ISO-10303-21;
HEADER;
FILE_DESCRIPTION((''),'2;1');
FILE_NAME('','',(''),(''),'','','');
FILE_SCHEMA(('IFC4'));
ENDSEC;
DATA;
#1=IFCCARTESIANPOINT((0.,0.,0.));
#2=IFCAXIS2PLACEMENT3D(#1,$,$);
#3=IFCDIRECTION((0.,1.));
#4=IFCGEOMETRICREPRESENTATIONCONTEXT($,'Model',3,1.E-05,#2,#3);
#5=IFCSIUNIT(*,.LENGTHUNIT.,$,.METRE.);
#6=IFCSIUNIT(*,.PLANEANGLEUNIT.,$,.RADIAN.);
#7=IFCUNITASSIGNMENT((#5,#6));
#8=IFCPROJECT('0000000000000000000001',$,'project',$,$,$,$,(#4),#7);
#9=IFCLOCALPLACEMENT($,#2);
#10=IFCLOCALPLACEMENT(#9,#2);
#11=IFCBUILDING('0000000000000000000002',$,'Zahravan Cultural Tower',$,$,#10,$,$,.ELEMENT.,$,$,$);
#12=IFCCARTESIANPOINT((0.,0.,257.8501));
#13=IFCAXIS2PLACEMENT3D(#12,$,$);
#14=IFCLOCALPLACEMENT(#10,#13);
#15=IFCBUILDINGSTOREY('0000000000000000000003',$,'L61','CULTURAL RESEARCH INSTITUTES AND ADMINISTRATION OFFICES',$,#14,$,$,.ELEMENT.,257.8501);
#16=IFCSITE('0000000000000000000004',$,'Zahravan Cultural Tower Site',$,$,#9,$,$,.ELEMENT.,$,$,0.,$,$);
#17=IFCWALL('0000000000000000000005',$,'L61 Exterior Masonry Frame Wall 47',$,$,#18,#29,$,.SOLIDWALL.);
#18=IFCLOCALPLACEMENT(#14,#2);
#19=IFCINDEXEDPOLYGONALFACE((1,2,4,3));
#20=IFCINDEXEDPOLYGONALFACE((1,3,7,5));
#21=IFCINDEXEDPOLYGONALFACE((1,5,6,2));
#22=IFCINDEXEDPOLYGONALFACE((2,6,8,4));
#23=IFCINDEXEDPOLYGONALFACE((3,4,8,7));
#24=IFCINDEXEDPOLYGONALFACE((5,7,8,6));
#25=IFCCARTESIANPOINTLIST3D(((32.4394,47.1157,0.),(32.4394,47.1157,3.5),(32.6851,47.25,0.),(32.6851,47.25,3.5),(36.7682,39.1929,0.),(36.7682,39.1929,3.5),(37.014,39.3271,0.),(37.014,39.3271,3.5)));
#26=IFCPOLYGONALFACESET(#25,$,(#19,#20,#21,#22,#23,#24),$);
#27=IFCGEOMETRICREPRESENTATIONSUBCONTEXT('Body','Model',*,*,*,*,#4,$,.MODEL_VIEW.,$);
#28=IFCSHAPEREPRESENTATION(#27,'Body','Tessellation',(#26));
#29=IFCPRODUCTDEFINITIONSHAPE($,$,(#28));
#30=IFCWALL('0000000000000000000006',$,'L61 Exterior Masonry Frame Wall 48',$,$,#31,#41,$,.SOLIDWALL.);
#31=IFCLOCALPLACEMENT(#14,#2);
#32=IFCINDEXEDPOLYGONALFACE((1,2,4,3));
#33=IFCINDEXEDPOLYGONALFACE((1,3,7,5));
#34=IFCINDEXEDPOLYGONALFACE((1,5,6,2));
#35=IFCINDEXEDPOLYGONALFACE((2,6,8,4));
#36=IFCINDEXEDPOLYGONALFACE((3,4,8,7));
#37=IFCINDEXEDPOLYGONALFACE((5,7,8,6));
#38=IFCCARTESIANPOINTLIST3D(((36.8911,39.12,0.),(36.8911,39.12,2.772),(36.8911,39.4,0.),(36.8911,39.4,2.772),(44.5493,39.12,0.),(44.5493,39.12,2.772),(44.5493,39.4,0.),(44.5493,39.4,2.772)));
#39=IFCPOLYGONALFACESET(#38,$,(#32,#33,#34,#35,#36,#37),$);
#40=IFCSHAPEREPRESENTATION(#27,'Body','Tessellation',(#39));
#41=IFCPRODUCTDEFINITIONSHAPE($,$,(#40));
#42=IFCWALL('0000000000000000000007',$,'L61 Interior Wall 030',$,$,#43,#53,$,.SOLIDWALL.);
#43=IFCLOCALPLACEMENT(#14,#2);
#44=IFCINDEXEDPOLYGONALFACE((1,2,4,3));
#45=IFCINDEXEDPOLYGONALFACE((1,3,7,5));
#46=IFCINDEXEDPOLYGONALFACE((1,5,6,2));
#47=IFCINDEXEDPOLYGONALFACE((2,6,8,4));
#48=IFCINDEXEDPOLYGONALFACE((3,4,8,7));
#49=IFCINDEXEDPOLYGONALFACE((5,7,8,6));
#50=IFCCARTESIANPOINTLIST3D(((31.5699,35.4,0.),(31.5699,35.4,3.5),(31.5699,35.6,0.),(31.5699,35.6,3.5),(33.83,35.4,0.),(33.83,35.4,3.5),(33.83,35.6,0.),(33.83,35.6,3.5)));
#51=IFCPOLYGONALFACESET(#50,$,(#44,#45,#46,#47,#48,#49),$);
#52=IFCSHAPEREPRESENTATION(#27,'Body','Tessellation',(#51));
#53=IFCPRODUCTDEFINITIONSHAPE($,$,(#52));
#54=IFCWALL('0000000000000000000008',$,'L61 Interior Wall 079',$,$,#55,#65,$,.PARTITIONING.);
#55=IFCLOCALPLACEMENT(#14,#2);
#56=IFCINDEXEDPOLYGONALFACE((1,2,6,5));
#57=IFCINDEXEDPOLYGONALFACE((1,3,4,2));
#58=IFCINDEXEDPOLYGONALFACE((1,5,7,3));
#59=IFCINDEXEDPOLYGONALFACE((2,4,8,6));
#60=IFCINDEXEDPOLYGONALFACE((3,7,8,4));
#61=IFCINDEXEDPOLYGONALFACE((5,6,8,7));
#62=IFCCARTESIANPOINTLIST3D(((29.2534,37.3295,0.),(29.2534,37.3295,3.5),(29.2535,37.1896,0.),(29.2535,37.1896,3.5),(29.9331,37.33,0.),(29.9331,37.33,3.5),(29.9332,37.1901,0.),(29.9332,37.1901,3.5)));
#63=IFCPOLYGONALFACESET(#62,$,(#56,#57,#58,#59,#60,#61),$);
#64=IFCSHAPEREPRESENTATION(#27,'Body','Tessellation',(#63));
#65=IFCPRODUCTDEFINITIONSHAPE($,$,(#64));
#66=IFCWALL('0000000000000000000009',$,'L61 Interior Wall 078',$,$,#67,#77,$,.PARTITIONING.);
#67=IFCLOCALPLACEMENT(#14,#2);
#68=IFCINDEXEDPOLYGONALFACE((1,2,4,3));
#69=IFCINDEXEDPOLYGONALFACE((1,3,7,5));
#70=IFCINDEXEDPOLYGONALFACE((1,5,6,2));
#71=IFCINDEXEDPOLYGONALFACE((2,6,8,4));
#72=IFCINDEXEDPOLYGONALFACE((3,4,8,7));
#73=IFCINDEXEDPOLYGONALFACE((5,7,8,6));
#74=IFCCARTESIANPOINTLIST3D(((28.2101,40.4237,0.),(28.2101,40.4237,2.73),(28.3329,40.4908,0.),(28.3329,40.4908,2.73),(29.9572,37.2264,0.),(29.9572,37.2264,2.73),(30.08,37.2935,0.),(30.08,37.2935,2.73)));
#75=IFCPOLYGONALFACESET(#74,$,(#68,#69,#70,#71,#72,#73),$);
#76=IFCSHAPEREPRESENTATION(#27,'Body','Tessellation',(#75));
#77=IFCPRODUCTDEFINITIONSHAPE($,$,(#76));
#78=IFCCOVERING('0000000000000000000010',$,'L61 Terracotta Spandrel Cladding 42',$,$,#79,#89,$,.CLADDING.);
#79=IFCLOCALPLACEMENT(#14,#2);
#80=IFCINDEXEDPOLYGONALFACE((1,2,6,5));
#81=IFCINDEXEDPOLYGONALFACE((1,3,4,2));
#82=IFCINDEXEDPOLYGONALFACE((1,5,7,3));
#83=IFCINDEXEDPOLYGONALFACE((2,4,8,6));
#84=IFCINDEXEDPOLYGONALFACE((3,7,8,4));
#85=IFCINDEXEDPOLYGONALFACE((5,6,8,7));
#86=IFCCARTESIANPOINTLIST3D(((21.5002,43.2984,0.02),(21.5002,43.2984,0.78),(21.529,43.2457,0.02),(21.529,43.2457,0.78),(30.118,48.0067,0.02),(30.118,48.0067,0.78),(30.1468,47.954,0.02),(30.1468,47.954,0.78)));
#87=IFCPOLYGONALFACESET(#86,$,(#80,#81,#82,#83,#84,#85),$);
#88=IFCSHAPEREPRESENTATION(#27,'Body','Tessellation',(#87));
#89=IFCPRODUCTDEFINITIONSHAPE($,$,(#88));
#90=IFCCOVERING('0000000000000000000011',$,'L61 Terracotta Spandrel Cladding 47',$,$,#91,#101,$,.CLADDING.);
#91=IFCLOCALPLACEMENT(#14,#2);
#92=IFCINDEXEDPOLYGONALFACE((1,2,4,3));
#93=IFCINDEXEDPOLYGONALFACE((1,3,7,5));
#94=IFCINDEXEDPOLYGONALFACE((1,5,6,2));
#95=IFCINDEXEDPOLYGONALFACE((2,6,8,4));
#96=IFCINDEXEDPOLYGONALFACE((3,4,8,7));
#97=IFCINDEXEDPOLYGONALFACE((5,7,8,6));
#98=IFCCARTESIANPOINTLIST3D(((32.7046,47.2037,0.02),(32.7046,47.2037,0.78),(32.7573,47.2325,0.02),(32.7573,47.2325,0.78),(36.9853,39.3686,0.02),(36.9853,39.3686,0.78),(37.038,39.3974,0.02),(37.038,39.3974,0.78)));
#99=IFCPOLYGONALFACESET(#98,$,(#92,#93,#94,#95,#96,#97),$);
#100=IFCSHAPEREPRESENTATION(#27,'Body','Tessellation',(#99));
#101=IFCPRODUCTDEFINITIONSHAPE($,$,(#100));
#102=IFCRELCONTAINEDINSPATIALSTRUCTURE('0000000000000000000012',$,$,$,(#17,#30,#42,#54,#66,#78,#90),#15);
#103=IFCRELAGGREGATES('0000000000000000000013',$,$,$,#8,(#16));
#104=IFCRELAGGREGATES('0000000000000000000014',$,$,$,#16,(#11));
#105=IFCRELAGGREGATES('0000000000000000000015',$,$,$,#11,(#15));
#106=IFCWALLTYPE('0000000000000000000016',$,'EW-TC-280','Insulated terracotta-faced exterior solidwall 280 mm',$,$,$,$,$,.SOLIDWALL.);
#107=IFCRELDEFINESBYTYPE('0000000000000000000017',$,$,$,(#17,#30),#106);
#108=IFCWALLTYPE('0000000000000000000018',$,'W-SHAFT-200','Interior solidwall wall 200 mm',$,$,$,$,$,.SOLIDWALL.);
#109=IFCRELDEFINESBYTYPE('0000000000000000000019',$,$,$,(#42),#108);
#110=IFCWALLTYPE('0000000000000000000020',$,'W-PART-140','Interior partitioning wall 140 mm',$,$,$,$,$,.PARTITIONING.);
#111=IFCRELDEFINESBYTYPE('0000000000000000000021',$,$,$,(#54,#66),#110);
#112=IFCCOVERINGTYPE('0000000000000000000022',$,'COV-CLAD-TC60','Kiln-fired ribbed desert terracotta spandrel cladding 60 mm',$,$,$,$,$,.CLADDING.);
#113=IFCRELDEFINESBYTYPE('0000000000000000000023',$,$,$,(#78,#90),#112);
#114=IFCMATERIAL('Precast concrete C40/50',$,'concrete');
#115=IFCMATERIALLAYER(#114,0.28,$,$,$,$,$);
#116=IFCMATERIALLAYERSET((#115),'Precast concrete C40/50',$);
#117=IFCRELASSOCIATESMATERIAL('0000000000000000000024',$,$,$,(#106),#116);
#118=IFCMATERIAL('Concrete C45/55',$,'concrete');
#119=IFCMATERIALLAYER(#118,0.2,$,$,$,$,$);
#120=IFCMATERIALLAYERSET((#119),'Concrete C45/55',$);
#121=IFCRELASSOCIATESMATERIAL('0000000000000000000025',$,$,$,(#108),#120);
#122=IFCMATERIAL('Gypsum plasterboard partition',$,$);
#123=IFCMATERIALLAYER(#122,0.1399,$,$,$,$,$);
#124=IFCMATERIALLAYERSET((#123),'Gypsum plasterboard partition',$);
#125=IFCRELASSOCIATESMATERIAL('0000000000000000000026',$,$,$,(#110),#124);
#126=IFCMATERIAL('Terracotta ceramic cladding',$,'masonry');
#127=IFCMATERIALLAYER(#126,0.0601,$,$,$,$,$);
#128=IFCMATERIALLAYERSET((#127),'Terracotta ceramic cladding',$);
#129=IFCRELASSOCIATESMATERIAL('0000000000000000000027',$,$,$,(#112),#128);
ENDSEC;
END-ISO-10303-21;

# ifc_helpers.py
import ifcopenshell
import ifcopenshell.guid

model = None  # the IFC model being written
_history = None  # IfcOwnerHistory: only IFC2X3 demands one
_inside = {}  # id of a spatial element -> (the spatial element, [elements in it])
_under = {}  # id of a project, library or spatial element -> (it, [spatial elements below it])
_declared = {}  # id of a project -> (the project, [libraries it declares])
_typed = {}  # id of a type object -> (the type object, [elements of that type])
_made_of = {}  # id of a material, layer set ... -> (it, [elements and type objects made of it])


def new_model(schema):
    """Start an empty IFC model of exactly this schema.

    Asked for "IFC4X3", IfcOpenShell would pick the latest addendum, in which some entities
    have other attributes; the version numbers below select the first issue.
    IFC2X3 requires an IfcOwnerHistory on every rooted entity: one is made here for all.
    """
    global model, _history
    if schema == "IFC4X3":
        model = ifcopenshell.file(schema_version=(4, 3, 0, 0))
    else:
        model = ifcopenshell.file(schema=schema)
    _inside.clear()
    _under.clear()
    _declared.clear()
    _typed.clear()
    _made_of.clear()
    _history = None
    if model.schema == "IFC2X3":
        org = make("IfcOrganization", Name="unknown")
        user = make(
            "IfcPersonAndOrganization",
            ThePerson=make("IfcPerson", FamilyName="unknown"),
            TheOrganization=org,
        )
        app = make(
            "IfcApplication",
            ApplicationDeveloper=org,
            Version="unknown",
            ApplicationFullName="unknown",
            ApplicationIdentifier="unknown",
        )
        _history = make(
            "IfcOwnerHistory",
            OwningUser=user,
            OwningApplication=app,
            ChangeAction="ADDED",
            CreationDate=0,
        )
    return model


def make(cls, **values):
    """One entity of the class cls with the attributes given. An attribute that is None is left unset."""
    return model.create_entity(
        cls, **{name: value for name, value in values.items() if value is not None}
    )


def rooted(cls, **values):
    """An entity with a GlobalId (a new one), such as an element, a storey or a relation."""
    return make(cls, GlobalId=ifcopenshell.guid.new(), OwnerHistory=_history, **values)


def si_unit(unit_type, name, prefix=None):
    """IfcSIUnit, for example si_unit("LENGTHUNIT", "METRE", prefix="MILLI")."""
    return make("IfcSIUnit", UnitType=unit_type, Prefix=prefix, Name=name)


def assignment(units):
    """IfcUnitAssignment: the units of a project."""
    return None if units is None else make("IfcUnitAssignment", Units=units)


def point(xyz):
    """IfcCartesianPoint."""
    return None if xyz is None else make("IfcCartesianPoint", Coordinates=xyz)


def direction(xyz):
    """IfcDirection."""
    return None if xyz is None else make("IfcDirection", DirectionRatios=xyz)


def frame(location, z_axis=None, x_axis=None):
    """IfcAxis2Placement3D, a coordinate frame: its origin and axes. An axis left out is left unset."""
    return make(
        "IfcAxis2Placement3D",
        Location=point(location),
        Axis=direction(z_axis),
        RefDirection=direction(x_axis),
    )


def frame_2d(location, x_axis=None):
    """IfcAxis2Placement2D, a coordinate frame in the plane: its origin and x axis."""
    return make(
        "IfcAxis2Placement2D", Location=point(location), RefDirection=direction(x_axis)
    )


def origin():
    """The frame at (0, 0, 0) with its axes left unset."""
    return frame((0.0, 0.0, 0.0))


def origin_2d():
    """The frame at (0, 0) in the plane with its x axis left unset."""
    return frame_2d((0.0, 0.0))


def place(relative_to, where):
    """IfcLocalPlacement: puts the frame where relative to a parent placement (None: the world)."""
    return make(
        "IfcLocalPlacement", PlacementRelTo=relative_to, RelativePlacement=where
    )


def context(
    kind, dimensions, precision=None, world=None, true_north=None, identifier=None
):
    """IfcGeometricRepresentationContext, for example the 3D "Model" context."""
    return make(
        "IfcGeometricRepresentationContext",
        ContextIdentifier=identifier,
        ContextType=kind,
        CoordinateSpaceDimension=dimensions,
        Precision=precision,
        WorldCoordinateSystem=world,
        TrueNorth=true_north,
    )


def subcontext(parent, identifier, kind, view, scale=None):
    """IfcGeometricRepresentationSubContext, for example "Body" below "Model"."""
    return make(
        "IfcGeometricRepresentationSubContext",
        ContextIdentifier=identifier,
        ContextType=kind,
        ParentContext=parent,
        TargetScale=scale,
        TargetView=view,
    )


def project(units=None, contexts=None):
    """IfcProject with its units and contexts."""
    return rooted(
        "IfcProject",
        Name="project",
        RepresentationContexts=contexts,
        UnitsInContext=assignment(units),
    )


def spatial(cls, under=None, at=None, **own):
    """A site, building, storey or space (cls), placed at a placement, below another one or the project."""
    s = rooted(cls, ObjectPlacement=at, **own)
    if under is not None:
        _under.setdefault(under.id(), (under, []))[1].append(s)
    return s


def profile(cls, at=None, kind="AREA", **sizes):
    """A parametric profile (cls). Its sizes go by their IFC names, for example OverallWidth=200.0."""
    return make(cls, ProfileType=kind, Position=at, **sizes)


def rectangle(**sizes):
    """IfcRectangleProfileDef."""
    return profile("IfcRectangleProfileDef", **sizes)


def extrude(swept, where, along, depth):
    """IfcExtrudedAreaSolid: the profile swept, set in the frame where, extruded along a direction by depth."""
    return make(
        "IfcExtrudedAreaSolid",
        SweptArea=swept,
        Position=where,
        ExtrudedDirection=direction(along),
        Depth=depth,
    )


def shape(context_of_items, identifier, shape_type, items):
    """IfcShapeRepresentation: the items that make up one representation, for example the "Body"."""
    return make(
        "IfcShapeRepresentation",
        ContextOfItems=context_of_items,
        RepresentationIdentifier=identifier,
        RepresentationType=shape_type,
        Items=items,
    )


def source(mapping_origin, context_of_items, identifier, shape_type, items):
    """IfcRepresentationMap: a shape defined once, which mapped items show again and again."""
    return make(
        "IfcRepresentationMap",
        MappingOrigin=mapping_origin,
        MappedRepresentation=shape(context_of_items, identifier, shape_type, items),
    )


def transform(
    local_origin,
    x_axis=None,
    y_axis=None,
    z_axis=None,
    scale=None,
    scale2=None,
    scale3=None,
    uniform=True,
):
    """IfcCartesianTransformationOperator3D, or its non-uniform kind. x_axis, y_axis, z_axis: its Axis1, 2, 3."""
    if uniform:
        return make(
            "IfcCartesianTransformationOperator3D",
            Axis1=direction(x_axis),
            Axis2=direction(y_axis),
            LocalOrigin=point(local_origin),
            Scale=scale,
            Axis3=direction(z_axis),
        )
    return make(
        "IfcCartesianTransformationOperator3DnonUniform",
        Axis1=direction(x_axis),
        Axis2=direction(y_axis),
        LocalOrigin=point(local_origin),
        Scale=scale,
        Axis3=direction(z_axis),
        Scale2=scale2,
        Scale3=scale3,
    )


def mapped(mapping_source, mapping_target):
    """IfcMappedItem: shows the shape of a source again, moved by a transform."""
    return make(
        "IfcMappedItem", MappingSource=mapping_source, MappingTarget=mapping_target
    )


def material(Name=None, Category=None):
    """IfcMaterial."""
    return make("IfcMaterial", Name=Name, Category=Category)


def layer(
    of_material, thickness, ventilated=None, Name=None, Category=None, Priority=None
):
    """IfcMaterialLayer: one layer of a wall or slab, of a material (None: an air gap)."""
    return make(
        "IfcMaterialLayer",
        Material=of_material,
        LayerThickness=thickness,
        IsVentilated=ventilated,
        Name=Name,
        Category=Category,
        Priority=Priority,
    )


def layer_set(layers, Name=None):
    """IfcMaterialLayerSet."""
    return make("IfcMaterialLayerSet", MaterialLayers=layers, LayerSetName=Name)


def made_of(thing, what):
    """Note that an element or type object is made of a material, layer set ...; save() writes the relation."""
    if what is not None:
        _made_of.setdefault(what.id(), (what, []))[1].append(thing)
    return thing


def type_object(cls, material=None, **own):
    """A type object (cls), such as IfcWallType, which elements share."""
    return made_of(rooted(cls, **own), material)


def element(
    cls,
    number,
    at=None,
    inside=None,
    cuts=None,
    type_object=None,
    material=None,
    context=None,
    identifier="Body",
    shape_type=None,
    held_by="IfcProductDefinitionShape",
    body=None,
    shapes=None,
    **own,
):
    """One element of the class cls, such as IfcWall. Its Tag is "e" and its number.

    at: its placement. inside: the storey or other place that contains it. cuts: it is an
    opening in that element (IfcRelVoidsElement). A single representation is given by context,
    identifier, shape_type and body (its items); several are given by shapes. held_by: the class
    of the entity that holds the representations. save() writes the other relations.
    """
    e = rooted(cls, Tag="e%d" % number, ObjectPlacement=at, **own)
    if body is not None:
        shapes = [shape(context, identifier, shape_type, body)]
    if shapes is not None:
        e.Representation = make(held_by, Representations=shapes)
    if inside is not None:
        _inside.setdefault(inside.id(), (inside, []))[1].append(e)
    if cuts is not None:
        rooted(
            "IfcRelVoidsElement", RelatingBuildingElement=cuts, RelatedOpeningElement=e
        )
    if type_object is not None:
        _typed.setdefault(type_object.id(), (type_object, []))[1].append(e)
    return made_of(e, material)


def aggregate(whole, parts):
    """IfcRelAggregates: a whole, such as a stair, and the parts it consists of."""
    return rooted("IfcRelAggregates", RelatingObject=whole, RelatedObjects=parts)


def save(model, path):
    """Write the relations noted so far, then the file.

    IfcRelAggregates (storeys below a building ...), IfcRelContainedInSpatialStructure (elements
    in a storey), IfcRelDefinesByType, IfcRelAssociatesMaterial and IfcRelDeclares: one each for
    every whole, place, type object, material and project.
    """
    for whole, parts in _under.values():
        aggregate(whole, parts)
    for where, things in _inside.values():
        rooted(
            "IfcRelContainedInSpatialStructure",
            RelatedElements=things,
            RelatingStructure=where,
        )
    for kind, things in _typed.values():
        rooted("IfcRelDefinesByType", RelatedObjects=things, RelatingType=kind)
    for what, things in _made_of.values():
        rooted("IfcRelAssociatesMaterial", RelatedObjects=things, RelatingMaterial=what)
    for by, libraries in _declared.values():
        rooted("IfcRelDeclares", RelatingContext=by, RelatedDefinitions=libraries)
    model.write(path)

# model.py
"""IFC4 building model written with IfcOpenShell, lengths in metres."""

from ifc_helpers import new_model, si_unit, direction, frame, frame_2d, origin, origin_2d, place, context, subcontext, project, spatial, rectangle, extrude, source, transform, mapped, material, layer, layer_set, type_object, element, save


model = new_model("IFC4")

# Units and contexts
model_context = context("Model", 3, precision=1e-05, world=origin(), true_north=direction((0.0, 1.0)))
body_context = subcontext(model_context, "Body", "Model", "MODEL_VIEW")
ifc_project = project(units=[si_unit("LENGTHUNIT", "METRE"), si_unit("PLANEANGLEUNIT", "RADIAN")], contexts=[model_context])

# Site, building, storey
site_placement = place(None, origin())
site = spatial("IfcSite", under=ifc_project, at=site_placement, Name="Zahravan Cultural Tower Site", CompositionType="ELEMENT", RefElevation=0.0)
building_placement = place(site_placement, origin())
building = spatial("IfcBuilding", under=site, at=building_placement, Name="Zahravan Cultural Tower", CompositionType="ELEMENT")
storey_placement = place(building_placement, frame((0.0, 0.0, 257.8501)))
storey = spatial("IfcBuildingStorey", under=building, at=storey_placement, Name="L61", Description="CULTURAL RESEARCH INSTITUTES AND ADMINISTRATION OFFICES", CompositionType="ELEMENT", Elevation=257.8501)

# Shared definitions
ifc_material_1 = material(Name="Concrete C45/55", Category="concrete")

# Shared definitions
ifc_material_2 = material(Name="Gypsum plasterboard partition")

# Walls
ifc_material_3 = material(Name="Precast concrete C40/50", Category="concrete")
ifc_layer_1 = layer(ifc_material_3, 0.28)
ifc_layer_set_1 = layer_set([ifc_layer_1], Name="Precast concrete C40/50")
wall_type_1 = type_object("IfcWallType", Name="EW-TC-280", Description="Insulated terracotta-faced exterior solidwall 280 mm", PredefinedType="SOLIDWALL", material=ifc_layer_set_1)
shared_shape_1 = source(origin(), body_context, "Body", "SweptSolid", [
    extrude(rectangle(XDim=9.0283, YDim=0.28, at=frame_2d((4.5142, 0.0))), origin(), (0.0, 0.0, 1.0), 3.5),
])
wall_1_placement = place(storey_placement, frame((32.5623, 47.1829, 0.0), z_axis=(0.0, 0.0, 1.0), x_axis=(0.479475, -0.877555, 0.0)))
element("IfcWall", 1, at=wall_1_placement, inside=storey, type_object=wall_type_1, Name="L61 Exterior Masonry Frame Wall 47", PredefinedType="SOLIDWALL", context=body_context, shape_type="MappedRepresentation", body=[
    mapped(shared_shape_1, transform((0.0, 0.0, 0.0), x_axis=(1.0, 0.0, 0.0), y_axis=(0.0, 1.0, 0.0), z_axis=(0.0, 0.0, 1.0), scale=1.0)),
])
shared_shape_2 = source(origin(), body_context, "Body", "SweptSolid", [
    extrude(rectangle(XDim=7.6582, YDim=0.28, at=frame_2d((3.8291, 0.0))), origin(), (0.0, 0.0, 1.0), 2.772),
])
wall_2_placement = place(storey_placement, frame((36.8911, 39.26, 0.0), z_axis=(0.0, 0.0, 1.0), x_axis=(1.0, 0.0, 0.0)))
element("IfcWall", 2, at=wall_2_placement, inside=storey, type_object=wall_type_1, Name="L61 Exterior Masonry Frame Wall 48", PredefinedType="SOLIDWALL", context=body_context, shape_type="MappedRepresentation", body=[
    mapped(shared_shape_2, transform((0.0, 0.0, 0.0), x_axis=(1.0, 0.0, 0.0), y_axis=(0.0, 1.0, 0.0), z_axis=(0.0, 0.0, 1.0), scale=1.0)),
])
ifc_layer_2 = layer(ifc_material_1, 0.2)
ifc_layer_set_2 = layer_set([ifc_layer_2], Name="Concrete C45/55")
wall_type_2 = type_object("IfcWallType", Name="W-SHAFT-200", Description="Interior solidwall wall 200 mm", PredefinedType="SOLIDWALL", material=ifc_layer_set_2)
shared_shape_3 = source(origin(), body_context, "Body", "SweptSolid", [
    extrude(rectangle(XDim=2.26, YDim=0.2, at=frame_2d((1.1299, 0.0))), origin(), (0.0, 0.0, 1.0), 3.5),
])
wall_3_placement = place(storey_placement, frame((31.5701, 35.5, 0.0), z_axis=(0.0, 0.0, 1.0), x_axis=(1.0, 0.0, 0.0)))
element("IfcWall", 3, at=wall_3_placement, inside=storey, type_object=wall_type_2, Name="L61 Interior Wall 030", PredefinedType="SOLIDWALL", context=body_context, shape_type="MappedRepresentation", body=[
    mapped(shared_shape_3, transform((0.0, 0.0, 0.0), x_axis=(1.0, 0.0, 0.0), y_axis=(0.0, 1.0, 0.0), z_axis=(0.0, 0.0, 1.0), scale=1.0)),
])
ifc_layer_3 = layer(ifc_material_2, 0.1399)
ifc_layer_set_3 = layer_set([ifc_layer_3], Name="Gypsum plasterboard partition")
wall_type_3 = type_object("IfcWallType", Name="W-PART-140", Description="Interior partitioning wall 140 mm", PredefinedType="PARTITIONING", material=ifc_layer_set_3)
shared_shape_4 = source(origin(), body_context, "Body", "SweptSolid", [
    extrude(rectangle(XDim=0.6797, YDim=0.1399, at=frame_2d((0.3398, 0.0))), origin(), (0.0, 0.0, 1.0), 3.5),
])
wall_4_placement = place(storey_placement, frame((29.9331, 37.26, 0.0), z_axis=(0.0, 0.0, 1.0), x_axis=(-1.0, -0.000718, 0.0)))
element("IfcWall", 4, at=wall_4_placement, inside=storey, type_object=wall_type_3, Name="L61 Interior Wall 079", PredefinedType="PARTITIONING", context=body_context, shape_type="MappedRepresentation", body=[
    mapped(shared_shape_4, transform((0.0, 0.0, 0.0), x_axis=(1.0, 0.0, 0.0), y_axis=(0.0, 1.0, 0.0), z_axis=(0.0, 0.0, 1.0), scale=1.0)),
])
shared_shape_5 = source(origin(), body_context, "Body", "SweptSolid", [
    extrude(rectangle(XDim=3.6436, YDim=0.1399, at=frame_2d((1.8218, 0.0))), origin(), (0.0, 0.0, 1.0), 2.73),
])
wall_5_placement = place(storey_placement, frame((28.2715, 40.4573, 0.0), z_axis=(0.0, 0.0, 1.0), x_axis=(0.479509, -0.877537, 0.0)))
element("IfcWall", 5, at=wall_5_placement, inside=storey, type_object=wall_type_3, Name="L61 Interior Wall 078", PredefinedType="PARTITIONING", context=body_context, shape_type="MappedRepresentation", body=[
    mapped(shared_shape_5, transform((0.0, 0.0, 0.0), x_axis=(1.0, 0.0, 0.0), y_axis=(0.0, 1.0, 0.0), z_axis=(0.0, 0.0, 1.0), scale=1.0)),
])

# Coverings
ifc_material_4 = material(Name="Terracotta ceramic cladding", Category="masonry")
ifc_layer_4 = layer(ifc_material_4, 0.0601)
ifc_layer_set_4 = layer_set([ifc_layer_4], Name="Terracotta ceramic cladding")
covering_type = type_object("IfcCoveringType", Name="COV-CLAD-TC60", Description="Kiln-fired ribbed desert terracotta spandrel cladding 60 mm", PredefinedType="CLADDING", material=ifc_layer_set_4)
shared_shape_6 = source(origin(), body_context, "Body", "SweptSolid", [
    extrude(rectangle(XDim=9.8201, YDim=0.0601, at=origin_2d()), origin(), (0.0, 0.0, 1.0), 0.76),
])
covering_1_placement = place(storey_placement, frame((25.8235, 45.6262, 0.02), z_axis=(0.0, 0.0, 1.0), x_axis=(0.877565, 0.479458, 0.0)))
element("IfcCovering", 6, at=covering_1_placement, inside=storey, type_object=covering_type, Name="L61 Terracotta Spandrel Cladding 42", PredefinedType="CLADDING", context=body_context, shape_type="MappedRepresentation", body=[
    mapped(shared_shape_6, transform((0.0, 0.0, 0.0), x_axis=(1.0, 0.0, 0.0), y_axis=(0.0, 1.0, 0.0), z_axis=(0.0, 0.0, 1.0), scale=1.0)),
])
shared_shape_7 = source(origin(), body_context, "Body", "SweptSolid", [
    extrude(rectangle(XDim=8.9282, YDim=0.0601, at=origin_2d()), origin(), (0.0, 0.0, 1.0), 0.76),
])
covering_2_placement = place(storey_placement, frame((34.8713, 43.3005, 0.02), z_axis=(0.0, 0.0, 1.0), x_axis=(0.479458, -0.877565, 0.0)))
element("IfcCovering", 7, at=covering_2_placement, inside=storey, type_object=covering_type, Name="L61 Terracotta Spandrel Cladding 47", PredefinedType="CLADDING", context=body_context, shape_type="MappedRepresentation", body=[
    mapped(shared_shape_7, transform((0.0, 0.0, 0.0), x_axis=(1.0, 0.0, 0.0), y_axis=(0.0, 1.0, 0.0), z_axis=(0.0, 0.0, 1.0), scale=1.0)),
])

save(model, "model.ifc")
